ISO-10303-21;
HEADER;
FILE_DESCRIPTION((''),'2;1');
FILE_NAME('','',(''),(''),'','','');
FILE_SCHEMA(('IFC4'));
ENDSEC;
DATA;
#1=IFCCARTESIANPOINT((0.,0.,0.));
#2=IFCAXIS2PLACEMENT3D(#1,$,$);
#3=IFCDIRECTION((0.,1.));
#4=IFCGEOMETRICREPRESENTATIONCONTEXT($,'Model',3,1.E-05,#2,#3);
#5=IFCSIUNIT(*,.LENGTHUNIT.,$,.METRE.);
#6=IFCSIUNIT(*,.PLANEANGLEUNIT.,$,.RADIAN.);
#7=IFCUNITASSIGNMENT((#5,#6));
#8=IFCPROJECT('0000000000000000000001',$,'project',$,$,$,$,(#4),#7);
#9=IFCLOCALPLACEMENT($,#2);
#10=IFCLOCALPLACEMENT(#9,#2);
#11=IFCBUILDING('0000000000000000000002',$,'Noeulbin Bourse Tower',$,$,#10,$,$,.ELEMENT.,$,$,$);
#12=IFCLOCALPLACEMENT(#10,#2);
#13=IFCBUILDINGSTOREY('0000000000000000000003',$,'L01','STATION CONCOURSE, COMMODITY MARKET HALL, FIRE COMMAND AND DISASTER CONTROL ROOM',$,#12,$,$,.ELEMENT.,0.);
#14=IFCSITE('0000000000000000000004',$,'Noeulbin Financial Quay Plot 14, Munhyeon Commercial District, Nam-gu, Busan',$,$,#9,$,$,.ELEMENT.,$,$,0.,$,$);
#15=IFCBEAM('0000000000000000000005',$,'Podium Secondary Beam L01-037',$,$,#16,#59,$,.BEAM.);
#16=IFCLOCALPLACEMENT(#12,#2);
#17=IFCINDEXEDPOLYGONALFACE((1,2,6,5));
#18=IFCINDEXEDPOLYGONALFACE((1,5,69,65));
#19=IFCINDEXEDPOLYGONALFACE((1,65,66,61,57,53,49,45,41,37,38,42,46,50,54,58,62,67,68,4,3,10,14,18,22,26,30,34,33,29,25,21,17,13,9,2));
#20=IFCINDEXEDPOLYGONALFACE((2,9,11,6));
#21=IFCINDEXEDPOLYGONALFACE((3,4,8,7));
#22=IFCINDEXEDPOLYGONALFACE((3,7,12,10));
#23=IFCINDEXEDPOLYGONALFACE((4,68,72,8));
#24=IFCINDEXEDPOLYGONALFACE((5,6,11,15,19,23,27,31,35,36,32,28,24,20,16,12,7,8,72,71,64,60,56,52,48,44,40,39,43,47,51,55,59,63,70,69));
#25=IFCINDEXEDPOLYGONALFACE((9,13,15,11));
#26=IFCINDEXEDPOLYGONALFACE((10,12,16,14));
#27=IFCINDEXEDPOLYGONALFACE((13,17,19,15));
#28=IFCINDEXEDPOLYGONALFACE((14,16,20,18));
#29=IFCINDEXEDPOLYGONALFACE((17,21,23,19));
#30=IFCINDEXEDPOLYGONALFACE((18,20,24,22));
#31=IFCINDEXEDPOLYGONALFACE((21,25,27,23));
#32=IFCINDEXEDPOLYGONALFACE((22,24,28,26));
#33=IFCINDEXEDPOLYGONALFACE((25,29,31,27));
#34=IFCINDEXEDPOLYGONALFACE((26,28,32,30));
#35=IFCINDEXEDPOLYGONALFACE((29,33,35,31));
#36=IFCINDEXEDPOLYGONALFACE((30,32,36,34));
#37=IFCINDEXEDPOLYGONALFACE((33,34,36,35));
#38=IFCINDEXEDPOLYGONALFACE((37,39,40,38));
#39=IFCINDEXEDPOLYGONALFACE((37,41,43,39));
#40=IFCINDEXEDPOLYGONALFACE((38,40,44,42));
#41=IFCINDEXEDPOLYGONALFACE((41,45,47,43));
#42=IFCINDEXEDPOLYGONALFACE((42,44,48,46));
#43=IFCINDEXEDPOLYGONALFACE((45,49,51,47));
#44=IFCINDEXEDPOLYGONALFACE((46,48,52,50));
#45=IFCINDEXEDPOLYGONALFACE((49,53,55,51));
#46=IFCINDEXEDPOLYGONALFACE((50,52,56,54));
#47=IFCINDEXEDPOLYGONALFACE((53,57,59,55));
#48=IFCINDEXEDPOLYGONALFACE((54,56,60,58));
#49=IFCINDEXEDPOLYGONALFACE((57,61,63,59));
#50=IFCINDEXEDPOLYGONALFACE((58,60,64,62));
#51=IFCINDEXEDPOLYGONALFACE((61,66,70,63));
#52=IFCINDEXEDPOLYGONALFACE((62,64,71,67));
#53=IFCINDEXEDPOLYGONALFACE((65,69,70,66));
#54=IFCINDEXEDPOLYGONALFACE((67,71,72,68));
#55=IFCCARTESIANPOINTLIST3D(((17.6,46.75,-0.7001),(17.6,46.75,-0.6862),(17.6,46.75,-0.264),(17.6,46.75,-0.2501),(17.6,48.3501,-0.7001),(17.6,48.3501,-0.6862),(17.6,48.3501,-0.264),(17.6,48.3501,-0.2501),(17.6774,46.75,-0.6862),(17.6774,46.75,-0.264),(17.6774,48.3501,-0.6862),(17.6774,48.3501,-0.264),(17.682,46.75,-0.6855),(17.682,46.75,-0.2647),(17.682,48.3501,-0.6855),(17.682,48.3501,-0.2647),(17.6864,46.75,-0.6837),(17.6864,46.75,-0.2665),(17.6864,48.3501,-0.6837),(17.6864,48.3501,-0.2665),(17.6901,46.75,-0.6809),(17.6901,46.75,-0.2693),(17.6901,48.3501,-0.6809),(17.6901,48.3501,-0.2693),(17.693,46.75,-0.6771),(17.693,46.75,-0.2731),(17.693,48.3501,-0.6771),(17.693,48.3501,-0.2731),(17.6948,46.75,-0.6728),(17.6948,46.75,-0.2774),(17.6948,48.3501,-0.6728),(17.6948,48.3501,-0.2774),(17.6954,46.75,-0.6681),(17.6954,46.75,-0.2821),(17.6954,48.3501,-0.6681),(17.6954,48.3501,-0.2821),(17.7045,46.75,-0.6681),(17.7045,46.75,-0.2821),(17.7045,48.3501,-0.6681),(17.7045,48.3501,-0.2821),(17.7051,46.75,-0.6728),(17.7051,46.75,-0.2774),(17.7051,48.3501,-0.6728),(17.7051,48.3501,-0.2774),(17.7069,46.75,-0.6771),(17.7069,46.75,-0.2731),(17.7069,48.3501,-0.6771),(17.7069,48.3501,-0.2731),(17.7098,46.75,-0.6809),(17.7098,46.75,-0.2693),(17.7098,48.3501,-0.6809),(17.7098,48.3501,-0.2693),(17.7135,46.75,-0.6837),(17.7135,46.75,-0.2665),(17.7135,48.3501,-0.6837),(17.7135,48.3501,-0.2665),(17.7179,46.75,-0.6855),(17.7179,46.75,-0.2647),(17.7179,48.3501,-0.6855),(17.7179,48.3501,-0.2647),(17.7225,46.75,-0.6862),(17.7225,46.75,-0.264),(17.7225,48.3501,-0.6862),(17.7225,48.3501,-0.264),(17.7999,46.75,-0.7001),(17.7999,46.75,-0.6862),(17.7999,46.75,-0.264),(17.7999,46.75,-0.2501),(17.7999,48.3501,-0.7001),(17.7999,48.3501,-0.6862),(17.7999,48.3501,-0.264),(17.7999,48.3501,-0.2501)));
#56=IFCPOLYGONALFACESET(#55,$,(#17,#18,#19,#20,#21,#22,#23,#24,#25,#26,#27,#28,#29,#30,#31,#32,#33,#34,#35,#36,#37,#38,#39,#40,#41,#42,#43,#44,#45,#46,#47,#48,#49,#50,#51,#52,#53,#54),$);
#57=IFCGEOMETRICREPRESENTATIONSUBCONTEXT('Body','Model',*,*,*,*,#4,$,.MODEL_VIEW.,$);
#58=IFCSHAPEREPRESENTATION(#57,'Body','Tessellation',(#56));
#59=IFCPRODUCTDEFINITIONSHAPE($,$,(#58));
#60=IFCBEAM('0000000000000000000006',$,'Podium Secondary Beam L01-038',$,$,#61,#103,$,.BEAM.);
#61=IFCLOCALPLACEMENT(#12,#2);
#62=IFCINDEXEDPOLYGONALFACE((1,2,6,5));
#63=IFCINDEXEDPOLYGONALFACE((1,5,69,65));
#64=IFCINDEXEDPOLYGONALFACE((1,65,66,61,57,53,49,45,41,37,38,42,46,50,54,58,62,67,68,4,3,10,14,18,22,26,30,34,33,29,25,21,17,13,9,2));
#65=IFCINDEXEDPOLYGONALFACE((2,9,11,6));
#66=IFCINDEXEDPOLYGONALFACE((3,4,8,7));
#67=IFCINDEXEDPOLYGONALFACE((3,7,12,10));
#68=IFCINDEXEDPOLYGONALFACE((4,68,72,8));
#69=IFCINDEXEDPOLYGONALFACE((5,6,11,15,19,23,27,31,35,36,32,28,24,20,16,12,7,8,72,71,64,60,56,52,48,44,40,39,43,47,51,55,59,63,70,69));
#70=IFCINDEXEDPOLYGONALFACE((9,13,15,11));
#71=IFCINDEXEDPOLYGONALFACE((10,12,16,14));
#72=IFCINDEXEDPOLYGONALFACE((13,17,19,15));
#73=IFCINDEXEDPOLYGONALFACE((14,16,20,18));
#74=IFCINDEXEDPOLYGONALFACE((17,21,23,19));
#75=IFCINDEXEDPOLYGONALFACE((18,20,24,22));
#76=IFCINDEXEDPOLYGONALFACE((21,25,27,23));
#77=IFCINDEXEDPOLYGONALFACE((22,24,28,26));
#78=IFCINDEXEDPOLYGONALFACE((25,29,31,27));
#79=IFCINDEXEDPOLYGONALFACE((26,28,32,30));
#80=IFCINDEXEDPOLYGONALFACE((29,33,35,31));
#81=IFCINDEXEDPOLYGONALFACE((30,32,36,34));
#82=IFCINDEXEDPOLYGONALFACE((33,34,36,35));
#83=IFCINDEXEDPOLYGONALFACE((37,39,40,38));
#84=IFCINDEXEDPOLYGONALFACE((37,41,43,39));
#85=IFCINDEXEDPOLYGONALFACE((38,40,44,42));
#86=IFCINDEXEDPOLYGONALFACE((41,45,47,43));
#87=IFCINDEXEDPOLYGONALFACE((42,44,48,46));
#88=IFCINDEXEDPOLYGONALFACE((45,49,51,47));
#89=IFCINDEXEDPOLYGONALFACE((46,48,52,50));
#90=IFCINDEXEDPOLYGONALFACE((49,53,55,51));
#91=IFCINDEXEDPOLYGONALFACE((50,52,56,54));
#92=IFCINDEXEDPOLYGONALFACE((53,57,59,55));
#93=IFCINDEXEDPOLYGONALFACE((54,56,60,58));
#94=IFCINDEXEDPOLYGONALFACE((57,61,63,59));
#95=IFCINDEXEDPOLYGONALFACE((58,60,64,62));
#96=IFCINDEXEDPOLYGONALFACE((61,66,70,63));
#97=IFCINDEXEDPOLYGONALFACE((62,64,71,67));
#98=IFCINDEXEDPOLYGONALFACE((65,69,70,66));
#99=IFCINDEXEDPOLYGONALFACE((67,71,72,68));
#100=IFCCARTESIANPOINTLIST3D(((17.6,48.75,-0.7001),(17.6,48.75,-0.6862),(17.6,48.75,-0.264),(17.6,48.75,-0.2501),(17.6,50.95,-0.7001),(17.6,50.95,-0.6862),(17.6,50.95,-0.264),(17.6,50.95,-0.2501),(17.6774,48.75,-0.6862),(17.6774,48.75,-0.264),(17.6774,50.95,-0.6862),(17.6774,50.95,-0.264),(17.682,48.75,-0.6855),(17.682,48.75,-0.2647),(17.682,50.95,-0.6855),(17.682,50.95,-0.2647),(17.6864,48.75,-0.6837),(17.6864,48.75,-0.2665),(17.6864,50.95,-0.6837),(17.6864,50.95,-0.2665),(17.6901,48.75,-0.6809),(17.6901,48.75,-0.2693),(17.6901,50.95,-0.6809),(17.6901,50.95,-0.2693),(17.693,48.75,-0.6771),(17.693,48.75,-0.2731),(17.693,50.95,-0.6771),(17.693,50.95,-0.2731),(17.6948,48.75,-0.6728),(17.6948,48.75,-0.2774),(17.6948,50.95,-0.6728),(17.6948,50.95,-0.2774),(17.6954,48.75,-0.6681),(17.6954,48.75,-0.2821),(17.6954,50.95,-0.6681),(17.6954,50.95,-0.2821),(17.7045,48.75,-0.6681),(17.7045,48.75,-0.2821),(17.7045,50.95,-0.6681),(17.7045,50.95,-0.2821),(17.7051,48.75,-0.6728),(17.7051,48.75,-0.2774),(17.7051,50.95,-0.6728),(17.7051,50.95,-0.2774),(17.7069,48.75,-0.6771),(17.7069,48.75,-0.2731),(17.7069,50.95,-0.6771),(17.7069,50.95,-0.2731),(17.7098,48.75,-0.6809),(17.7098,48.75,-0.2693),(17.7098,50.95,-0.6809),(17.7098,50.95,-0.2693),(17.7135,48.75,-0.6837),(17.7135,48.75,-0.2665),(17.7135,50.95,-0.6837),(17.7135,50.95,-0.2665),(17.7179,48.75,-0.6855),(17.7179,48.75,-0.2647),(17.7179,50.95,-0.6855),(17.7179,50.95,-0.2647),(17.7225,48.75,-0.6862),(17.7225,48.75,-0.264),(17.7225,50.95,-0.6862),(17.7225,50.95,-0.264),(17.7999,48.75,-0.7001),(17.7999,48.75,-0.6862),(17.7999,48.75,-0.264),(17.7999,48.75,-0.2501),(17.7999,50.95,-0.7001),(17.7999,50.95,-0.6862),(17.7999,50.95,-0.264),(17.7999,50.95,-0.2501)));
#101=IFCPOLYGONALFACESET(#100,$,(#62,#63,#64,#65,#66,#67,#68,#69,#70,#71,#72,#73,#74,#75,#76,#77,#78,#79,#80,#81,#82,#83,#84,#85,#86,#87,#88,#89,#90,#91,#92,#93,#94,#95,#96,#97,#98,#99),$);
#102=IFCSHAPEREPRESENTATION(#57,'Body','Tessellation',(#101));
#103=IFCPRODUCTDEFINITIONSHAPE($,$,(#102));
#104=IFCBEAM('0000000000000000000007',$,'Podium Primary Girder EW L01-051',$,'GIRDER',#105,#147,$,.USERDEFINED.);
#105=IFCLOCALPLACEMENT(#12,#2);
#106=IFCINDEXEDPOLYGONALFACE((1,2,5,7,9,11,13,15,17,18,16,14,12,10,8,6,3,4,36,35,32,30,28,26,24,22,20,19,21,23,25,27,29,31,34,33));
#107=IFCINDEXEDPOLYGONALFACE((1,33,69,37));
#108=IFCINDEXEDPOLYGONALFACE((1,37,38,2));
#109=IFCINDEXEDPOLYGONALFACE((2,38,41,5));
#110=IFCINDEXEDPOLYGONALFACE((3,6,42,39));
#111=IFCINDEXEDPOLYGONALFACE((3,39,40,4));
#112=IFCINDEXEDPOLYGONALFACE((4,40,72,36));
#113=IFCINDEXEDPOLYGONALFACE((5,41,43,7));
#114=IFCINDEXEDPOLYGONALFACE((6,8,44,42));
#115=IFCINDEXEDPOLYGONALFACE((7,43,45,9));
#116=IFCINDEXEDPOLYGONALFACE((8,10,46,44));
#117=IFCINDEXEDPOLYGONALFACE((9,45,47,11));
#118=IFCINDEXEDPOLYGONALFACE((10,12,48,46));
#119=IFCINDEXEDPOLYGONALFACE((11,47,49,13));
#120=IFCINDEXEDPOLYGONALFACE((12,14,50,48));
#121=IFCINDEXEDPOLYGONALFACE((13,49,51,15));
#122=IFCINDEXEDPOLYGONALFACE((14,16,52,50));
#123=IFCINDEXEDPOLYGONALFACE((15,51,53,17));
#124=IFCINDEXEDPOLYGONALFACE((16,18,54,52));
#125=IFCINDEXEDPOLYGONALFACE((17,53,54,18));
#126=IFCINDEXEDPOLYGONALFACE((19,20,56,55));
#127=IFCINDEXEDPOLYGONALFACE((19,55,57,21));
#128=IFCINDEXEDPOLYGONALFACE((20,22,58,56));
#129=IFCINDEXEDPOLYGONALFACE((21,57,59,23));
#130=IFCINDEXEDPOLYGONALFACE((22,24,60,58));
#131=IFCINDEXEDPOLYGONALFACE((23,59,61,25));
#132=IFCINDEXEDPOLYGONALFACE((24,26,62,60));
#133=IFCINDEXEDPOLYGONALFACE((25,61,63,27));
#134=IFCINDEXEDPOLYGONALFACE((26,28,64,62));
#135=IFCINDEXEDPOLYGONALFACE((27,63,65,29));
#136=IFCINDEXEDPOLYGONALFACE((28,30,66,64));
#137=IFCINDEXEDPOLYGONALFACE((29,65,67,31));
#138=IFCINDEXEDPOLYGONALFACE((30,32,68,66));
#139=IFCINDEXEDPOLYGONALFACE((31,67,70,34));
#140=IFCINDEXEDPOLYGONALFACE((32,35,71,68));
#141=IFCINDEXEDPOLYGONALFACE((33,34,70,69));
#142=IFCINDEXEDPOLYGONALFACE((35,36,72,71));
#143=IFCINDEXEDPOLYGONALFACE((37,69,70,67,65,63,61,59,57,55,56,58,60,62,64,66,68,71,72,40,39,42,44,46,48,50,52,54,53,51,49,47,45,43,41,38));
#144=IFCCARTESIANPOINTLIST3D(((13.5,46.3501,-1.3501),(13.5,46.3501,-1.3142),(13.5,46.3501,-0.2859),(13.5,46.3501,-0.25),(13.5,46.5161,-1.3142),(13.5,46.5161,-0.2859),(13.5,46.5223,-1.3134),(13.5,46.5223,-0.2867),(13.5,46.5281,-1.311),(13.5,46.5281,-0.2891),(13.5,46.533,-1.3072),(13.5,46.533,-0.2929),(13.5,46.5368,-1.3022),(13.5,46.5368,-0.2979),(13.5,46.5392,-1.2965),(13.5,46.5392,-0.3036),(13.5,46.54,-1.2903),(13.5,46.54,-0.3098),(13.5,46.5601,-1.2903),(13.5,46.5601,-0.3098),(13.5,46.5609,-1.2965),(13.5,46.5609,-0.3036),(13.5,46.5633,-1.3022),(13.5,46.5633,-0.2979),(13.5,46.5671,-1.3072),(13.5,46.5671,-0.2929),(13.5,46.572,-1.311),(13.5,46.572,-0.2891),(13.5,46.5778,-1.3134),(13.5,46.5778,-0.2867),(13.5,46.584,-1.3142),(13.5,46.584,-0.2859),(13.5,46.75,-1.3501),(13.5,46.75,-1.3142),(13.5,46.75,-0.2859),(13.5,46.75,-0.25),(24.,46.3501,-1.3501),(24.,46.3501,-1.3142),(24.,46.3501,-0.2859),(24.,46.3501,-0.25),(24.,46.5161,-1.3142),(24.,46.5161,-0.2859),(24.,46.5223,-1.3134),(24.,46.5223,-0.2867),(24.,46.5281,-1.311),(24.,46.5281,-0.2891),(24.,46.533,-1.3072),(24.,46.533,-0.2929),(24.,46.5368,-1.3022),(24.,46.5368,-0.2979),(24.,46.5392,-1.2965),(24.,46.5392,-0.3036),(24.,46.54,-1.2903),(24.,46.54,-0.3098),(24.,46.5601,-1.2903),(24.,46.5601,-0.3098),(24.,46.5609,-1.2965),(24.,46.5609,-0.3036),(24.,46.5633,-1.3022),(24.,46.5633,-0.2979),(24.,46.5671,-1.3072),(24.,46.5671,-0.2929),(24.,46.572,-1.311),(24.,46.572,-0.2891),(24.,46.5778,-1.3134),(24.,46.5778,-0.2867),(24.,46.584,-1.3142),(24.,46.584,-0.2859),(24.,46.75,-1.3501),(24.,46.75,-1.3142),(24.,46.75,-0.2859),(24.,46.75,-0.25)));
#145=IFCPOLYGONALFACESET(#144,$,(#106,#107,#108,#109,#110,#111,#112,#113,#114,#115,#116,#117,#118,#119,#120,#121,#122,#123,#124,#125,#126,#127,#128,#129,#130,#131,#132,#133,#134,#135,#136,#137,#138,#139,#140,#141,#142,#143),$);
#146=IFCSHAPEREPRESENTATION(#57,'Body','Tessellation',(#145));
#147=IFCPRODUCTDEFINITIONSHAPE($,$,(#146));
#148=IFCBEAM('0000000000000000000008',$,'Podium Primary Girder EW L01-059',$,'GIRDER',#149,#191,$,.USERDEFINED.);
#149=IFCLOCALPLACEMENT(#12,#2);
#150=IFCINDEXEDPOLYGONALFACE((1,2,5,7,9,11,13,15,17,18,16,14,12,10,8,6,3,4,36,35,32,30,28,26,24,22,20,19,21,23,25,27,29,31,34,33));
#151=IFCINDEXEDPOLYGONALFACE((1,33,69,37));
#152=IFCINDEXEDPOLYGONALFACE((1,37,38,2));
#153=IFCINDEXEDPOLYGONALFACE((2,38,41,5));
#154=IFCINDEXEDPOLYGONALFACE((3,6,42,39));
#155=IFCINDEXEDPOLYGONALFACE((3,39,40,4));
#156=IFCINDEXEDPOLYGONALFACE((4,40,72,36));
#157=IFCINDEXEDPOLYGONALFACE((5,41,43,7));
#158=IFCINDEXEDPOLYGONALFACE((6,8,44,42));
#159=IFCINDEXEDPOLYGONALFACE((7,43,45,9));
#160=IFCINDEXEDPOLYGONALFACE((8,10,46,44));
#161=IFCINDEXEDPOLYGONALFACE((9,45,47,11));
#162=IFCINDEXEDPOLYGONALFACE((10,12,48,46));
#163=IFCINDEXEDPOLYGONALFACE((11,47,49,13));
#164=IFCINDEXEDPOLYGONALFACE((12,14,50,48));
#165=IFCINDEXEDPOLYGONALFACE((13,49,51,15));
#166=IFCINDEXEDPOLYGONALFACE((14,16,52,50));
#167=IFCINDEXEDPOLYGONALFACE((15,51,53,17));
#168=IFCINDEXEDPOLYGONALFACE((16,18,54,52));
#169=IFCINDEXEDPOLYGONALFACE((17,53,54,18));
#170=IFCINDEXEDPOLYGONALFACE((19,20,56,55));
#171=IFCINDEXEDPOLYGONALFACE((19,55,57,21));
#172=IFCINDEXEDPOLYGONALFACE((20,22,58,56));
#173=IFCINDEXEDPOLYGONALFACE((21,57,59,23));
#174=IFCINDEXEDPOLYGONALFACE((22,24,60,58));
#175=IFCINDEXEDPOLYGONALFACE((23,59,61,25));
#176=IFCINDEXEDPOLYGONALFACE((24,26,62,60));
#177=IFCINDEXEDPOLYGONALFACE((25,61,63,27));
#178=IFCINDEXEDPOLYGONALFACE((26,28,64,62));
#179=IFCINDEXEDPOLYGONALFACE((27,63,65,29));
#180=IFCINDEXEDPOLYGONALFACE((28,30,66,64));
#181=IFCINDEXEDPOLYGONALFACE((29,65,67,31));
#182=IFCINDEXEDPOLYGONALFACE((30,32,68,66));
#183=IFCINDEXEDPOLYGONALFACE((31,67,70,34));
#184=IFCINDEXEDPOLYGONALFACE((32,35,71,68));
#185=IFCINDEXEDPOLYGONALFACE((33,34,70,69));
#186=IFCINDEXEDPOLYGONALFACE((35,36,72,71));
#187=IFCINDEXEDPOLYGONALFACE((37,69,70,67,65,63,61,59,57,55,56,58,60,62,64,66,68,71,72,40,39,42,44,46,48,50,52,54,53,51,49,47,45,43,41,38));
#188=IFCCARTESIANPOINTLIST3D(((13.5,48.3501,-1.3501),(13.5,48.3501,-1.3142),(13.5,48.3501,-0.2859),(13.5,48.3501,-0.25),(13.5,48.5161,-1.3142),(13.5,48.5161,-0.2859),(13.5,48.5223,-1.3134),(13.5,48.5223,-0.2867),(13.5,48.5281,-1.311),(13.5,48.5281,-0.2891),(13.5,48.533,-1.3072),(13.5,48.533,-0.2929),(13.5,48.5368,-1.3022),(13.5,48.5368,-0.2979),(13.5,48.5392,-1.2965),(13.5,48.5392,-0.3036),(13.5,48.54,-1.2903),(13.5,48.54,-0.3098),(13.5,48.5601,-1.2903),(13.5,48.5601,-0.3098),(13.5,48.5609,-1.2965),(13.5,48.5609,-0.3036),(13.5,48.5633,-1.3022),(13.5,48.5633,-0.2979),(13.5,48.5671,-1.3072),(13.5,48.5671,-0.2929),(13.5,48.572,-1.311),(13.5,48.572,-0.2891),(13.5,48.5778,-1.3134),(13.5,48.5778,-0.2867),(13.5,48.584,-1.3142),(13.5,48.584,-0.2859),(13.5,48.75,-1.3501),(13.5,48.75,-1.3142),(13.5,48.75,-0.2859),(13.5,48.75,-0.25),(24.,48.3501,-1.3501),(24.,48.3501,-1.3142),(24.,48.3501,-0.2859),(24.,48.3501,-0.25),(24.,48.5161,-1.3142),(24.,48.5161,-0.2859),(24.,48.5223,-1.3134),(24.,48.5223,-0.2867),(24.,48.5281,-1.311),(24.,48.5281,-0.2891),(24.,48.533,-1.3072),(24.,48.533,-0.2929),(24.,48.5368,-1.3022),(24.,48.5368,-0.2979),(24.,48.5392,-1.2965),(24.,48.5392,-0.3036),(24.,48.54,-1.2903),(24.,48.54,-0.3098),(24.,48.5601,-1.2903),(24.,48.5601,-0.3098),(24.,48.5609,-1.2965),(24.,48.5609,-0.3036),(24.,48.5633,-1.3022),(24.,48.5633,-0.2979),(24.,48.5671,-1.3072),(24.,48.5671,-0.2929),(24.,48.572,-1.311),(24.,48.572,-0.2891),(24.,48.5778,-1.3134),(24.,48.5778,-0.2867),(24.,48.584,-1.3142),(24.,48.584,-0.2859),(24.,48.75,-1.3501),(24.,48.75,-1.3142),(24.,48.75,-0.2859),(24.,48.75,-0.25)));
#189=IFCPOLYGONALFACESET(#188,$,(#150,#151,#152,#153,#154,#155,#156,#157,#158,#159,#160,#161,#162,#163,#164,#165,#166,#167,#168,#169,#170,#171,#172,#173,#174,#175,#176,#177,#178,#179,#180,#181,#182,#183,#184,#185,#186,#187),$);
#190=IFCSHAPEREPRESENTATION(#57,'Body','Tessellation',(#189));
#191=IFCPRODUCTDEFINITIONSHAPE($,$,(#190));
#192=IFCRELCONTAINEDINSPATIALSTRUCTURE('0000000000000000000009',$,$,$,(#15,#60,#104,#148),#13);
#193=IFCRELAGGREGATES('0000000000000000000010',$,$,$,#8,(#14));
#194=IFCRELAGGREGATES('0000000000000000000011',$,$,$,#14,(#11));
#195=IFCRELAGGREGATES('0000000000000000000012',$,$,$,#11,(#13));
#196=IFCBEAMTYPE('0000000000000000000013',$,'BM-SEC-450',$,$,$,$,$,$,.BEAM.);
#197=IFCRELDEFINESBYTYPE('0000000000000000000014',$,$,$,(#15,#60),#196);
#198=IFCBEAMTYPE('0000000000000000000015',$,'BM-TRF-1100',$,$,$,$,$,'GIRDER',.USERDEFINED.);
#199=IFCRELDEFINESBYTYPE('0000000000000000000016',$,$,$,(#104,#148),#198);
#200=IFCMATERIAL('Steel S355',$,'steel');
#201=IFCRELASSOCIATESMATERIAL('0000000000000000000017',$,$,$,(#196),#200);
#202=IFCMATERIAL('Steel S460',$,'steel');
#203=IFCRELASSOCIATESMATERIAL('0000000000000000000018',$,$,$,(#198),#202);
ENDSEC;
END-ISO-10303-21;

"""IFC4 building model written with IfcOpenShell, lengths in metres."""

from ifc_helpers import new_model, si_unit, direction, frame, origin, origin_2d, place, context, subcontext, project, spatial, i_section, extrude, material, material_profile, profile_set, type_object, element, save


model = new_model("IFC4")

# Units and contexts
model_context = context("Model", 3, precision=1e-05, world=origin(), true_north=direction((0.0, 1.0)))
body_context = subcontext(model_context, "Body", "Model", "MODEL_VIEW")
ifc_project = project(units=[si_unit("LENGTHUNIT", "METRE"), si_unit("PLANEANGLEUNIT", "RADIAN")], contexts=[model_context])

# Site, building, storey
site_placement = place(None, origin())
site = spatial("IfcSite", under=ifc_project, at=site_placement, Name="Noeulbin Financial Quay Plot 14, Munhyeon Commercial District, Nam-gu, Busan", CompositionType="ELEMENT", RefElevation=0.0)
building_placement = place(site_placement, origin())
building = spatial("IfcBuilding", under=site, at=building_placement, Name="Noeulbin Bourse Tower", CompositionType="ELEMENT")
storey_placement = place(building_placement, origin())
storey = spatial("IfcBuildingStorey", under=building, at=storey_placement, Name="L01", Description="STATION CONCOURSE, COMMODITY MARKET HALL, FIRE COMMAND AND DISASTER CONTROL ROOM", CompositionType="ELEMENT", Elevation=0.0)

# Beams
ifc_material_1 = material(Name="Steel S355", Category="steel")
ifc_material_profile_1 = material_profile(ifc_material_1, i_section(OverallWidth=0.2, OverallDepth=0.45, WebThickness=0.009, FlangeThickness=0.0139, FilletRadius=0.0181, at=origin_2d()), Name="H-450x200x9x14", Category="LoadBearing")
ifc_profile_set_1 = profile_set([ifc_material_profile_1], Name="Steel S355")
beam_type_1 = type_object("IfcBeamType", Name="BM-SEC-450", PredefinedType="BEAM", material=ifc_profile_set_1)
beam_1_placement = place(storey_placement, frame((17.7, 46.75, -0.4751), z_axis=(0.0, 1.0, 0.0), x_axis=(-1.0, 0.0, 0.0)))
element("IfcBeam", 1, at=beam_1_placement, inside=storey, type_object=beam_type_1, Name="Podium Secondary Beam L01-037", PredefinedType="BEAM", context=body_context, shape_type="SweptSolid", body=[
    extrude(i_section(OverallWidth=0.2, OverallDepth=0.45, WebThickness=0.009, FlangeThickness=0.0139, FilletRadius=0.0181, at=origin_2d()), origin(), (0.0, 0.0, 1.0), 1.6001),
])
beam_2_placement = place(storey_placement, frame((17.7, 48.75, -0.4751), z_axis=(0.0, 1.0, 0.0), x_axis=(-1.0, 0.0, 0.0)))
element("IfcBeam", 2, at=beam_2_placement, inside=storey, type_object=beam_type_1, Name="Podium Secondary Beam L01-038", PredefinedType="BEAM", context=body_context, shape_type="SweptSolid", body=[
    extrude(i_section(OverallWidth=0.2, OverallDepth=0.45, WebThickness=0.009, FlangeThickness=0.0139, FilletRadius=0.0181, at=origin_2d()), origin(), (0.0, 0.0, 1.0), 2.2),
])
ifc_material_2 = material(Name="Steel S460", Category="steel")
ifc_material_profile_2 = material_profile(ifc_material_2, i_section(OverallWidth=0.3999, OverallDepth=1.1001, WebThickness=0.02, FlangeThickness=0.0359, FilletRadius=0.0239, at=origin_2d()), Name="PG-1100x400x20x36", Category="LoadBearing")
ifc_profile_set_2 = profile_set([ifc_material_profile_2], Name="Steel S460")
beam_type_2 = type_object("IfcBeamType", Name="BM-TRF-1100", ElementType="GIRDER", PredefinedType="USERDEFINED", material=ifc_profile_set_2)
for number, where, z_axis, x_axis, name in (
    (3, (13.5, 46.55, -0.8), (1.0, 0.0, 0.0), (0.0, 1.0, 0.0), "Podium Primary Girder EW L01-051"),
    (4, (13.5, 48.55, -0.8), (1.0, 0.0, 0.0), (0.0, 1.0, 0.0), "Podium Primary Girder EW L01-059"),
):
    element("IfcBeam", number, at=place(storey_placement, frame(where, z_axis=z_axis, x_axis=x_axis)), inside=storey, type_object=beam_type_2, Name=name, ObjectType="GIRDER", PredefinedType="USERDEFINED", context=body_context, shape_type="SweptSolid", body=[
        extrude(i_section(OverallWidth=0.3999, OverallDepth=1.1001, WebThickness=0.02, FlangeThickness=0.0359, FilletRadius=0.0239, at=origin_2d()), origin(), (0.0, 0.0, 1.0), 10.5),
    ])

save(model, "model.ifc")
